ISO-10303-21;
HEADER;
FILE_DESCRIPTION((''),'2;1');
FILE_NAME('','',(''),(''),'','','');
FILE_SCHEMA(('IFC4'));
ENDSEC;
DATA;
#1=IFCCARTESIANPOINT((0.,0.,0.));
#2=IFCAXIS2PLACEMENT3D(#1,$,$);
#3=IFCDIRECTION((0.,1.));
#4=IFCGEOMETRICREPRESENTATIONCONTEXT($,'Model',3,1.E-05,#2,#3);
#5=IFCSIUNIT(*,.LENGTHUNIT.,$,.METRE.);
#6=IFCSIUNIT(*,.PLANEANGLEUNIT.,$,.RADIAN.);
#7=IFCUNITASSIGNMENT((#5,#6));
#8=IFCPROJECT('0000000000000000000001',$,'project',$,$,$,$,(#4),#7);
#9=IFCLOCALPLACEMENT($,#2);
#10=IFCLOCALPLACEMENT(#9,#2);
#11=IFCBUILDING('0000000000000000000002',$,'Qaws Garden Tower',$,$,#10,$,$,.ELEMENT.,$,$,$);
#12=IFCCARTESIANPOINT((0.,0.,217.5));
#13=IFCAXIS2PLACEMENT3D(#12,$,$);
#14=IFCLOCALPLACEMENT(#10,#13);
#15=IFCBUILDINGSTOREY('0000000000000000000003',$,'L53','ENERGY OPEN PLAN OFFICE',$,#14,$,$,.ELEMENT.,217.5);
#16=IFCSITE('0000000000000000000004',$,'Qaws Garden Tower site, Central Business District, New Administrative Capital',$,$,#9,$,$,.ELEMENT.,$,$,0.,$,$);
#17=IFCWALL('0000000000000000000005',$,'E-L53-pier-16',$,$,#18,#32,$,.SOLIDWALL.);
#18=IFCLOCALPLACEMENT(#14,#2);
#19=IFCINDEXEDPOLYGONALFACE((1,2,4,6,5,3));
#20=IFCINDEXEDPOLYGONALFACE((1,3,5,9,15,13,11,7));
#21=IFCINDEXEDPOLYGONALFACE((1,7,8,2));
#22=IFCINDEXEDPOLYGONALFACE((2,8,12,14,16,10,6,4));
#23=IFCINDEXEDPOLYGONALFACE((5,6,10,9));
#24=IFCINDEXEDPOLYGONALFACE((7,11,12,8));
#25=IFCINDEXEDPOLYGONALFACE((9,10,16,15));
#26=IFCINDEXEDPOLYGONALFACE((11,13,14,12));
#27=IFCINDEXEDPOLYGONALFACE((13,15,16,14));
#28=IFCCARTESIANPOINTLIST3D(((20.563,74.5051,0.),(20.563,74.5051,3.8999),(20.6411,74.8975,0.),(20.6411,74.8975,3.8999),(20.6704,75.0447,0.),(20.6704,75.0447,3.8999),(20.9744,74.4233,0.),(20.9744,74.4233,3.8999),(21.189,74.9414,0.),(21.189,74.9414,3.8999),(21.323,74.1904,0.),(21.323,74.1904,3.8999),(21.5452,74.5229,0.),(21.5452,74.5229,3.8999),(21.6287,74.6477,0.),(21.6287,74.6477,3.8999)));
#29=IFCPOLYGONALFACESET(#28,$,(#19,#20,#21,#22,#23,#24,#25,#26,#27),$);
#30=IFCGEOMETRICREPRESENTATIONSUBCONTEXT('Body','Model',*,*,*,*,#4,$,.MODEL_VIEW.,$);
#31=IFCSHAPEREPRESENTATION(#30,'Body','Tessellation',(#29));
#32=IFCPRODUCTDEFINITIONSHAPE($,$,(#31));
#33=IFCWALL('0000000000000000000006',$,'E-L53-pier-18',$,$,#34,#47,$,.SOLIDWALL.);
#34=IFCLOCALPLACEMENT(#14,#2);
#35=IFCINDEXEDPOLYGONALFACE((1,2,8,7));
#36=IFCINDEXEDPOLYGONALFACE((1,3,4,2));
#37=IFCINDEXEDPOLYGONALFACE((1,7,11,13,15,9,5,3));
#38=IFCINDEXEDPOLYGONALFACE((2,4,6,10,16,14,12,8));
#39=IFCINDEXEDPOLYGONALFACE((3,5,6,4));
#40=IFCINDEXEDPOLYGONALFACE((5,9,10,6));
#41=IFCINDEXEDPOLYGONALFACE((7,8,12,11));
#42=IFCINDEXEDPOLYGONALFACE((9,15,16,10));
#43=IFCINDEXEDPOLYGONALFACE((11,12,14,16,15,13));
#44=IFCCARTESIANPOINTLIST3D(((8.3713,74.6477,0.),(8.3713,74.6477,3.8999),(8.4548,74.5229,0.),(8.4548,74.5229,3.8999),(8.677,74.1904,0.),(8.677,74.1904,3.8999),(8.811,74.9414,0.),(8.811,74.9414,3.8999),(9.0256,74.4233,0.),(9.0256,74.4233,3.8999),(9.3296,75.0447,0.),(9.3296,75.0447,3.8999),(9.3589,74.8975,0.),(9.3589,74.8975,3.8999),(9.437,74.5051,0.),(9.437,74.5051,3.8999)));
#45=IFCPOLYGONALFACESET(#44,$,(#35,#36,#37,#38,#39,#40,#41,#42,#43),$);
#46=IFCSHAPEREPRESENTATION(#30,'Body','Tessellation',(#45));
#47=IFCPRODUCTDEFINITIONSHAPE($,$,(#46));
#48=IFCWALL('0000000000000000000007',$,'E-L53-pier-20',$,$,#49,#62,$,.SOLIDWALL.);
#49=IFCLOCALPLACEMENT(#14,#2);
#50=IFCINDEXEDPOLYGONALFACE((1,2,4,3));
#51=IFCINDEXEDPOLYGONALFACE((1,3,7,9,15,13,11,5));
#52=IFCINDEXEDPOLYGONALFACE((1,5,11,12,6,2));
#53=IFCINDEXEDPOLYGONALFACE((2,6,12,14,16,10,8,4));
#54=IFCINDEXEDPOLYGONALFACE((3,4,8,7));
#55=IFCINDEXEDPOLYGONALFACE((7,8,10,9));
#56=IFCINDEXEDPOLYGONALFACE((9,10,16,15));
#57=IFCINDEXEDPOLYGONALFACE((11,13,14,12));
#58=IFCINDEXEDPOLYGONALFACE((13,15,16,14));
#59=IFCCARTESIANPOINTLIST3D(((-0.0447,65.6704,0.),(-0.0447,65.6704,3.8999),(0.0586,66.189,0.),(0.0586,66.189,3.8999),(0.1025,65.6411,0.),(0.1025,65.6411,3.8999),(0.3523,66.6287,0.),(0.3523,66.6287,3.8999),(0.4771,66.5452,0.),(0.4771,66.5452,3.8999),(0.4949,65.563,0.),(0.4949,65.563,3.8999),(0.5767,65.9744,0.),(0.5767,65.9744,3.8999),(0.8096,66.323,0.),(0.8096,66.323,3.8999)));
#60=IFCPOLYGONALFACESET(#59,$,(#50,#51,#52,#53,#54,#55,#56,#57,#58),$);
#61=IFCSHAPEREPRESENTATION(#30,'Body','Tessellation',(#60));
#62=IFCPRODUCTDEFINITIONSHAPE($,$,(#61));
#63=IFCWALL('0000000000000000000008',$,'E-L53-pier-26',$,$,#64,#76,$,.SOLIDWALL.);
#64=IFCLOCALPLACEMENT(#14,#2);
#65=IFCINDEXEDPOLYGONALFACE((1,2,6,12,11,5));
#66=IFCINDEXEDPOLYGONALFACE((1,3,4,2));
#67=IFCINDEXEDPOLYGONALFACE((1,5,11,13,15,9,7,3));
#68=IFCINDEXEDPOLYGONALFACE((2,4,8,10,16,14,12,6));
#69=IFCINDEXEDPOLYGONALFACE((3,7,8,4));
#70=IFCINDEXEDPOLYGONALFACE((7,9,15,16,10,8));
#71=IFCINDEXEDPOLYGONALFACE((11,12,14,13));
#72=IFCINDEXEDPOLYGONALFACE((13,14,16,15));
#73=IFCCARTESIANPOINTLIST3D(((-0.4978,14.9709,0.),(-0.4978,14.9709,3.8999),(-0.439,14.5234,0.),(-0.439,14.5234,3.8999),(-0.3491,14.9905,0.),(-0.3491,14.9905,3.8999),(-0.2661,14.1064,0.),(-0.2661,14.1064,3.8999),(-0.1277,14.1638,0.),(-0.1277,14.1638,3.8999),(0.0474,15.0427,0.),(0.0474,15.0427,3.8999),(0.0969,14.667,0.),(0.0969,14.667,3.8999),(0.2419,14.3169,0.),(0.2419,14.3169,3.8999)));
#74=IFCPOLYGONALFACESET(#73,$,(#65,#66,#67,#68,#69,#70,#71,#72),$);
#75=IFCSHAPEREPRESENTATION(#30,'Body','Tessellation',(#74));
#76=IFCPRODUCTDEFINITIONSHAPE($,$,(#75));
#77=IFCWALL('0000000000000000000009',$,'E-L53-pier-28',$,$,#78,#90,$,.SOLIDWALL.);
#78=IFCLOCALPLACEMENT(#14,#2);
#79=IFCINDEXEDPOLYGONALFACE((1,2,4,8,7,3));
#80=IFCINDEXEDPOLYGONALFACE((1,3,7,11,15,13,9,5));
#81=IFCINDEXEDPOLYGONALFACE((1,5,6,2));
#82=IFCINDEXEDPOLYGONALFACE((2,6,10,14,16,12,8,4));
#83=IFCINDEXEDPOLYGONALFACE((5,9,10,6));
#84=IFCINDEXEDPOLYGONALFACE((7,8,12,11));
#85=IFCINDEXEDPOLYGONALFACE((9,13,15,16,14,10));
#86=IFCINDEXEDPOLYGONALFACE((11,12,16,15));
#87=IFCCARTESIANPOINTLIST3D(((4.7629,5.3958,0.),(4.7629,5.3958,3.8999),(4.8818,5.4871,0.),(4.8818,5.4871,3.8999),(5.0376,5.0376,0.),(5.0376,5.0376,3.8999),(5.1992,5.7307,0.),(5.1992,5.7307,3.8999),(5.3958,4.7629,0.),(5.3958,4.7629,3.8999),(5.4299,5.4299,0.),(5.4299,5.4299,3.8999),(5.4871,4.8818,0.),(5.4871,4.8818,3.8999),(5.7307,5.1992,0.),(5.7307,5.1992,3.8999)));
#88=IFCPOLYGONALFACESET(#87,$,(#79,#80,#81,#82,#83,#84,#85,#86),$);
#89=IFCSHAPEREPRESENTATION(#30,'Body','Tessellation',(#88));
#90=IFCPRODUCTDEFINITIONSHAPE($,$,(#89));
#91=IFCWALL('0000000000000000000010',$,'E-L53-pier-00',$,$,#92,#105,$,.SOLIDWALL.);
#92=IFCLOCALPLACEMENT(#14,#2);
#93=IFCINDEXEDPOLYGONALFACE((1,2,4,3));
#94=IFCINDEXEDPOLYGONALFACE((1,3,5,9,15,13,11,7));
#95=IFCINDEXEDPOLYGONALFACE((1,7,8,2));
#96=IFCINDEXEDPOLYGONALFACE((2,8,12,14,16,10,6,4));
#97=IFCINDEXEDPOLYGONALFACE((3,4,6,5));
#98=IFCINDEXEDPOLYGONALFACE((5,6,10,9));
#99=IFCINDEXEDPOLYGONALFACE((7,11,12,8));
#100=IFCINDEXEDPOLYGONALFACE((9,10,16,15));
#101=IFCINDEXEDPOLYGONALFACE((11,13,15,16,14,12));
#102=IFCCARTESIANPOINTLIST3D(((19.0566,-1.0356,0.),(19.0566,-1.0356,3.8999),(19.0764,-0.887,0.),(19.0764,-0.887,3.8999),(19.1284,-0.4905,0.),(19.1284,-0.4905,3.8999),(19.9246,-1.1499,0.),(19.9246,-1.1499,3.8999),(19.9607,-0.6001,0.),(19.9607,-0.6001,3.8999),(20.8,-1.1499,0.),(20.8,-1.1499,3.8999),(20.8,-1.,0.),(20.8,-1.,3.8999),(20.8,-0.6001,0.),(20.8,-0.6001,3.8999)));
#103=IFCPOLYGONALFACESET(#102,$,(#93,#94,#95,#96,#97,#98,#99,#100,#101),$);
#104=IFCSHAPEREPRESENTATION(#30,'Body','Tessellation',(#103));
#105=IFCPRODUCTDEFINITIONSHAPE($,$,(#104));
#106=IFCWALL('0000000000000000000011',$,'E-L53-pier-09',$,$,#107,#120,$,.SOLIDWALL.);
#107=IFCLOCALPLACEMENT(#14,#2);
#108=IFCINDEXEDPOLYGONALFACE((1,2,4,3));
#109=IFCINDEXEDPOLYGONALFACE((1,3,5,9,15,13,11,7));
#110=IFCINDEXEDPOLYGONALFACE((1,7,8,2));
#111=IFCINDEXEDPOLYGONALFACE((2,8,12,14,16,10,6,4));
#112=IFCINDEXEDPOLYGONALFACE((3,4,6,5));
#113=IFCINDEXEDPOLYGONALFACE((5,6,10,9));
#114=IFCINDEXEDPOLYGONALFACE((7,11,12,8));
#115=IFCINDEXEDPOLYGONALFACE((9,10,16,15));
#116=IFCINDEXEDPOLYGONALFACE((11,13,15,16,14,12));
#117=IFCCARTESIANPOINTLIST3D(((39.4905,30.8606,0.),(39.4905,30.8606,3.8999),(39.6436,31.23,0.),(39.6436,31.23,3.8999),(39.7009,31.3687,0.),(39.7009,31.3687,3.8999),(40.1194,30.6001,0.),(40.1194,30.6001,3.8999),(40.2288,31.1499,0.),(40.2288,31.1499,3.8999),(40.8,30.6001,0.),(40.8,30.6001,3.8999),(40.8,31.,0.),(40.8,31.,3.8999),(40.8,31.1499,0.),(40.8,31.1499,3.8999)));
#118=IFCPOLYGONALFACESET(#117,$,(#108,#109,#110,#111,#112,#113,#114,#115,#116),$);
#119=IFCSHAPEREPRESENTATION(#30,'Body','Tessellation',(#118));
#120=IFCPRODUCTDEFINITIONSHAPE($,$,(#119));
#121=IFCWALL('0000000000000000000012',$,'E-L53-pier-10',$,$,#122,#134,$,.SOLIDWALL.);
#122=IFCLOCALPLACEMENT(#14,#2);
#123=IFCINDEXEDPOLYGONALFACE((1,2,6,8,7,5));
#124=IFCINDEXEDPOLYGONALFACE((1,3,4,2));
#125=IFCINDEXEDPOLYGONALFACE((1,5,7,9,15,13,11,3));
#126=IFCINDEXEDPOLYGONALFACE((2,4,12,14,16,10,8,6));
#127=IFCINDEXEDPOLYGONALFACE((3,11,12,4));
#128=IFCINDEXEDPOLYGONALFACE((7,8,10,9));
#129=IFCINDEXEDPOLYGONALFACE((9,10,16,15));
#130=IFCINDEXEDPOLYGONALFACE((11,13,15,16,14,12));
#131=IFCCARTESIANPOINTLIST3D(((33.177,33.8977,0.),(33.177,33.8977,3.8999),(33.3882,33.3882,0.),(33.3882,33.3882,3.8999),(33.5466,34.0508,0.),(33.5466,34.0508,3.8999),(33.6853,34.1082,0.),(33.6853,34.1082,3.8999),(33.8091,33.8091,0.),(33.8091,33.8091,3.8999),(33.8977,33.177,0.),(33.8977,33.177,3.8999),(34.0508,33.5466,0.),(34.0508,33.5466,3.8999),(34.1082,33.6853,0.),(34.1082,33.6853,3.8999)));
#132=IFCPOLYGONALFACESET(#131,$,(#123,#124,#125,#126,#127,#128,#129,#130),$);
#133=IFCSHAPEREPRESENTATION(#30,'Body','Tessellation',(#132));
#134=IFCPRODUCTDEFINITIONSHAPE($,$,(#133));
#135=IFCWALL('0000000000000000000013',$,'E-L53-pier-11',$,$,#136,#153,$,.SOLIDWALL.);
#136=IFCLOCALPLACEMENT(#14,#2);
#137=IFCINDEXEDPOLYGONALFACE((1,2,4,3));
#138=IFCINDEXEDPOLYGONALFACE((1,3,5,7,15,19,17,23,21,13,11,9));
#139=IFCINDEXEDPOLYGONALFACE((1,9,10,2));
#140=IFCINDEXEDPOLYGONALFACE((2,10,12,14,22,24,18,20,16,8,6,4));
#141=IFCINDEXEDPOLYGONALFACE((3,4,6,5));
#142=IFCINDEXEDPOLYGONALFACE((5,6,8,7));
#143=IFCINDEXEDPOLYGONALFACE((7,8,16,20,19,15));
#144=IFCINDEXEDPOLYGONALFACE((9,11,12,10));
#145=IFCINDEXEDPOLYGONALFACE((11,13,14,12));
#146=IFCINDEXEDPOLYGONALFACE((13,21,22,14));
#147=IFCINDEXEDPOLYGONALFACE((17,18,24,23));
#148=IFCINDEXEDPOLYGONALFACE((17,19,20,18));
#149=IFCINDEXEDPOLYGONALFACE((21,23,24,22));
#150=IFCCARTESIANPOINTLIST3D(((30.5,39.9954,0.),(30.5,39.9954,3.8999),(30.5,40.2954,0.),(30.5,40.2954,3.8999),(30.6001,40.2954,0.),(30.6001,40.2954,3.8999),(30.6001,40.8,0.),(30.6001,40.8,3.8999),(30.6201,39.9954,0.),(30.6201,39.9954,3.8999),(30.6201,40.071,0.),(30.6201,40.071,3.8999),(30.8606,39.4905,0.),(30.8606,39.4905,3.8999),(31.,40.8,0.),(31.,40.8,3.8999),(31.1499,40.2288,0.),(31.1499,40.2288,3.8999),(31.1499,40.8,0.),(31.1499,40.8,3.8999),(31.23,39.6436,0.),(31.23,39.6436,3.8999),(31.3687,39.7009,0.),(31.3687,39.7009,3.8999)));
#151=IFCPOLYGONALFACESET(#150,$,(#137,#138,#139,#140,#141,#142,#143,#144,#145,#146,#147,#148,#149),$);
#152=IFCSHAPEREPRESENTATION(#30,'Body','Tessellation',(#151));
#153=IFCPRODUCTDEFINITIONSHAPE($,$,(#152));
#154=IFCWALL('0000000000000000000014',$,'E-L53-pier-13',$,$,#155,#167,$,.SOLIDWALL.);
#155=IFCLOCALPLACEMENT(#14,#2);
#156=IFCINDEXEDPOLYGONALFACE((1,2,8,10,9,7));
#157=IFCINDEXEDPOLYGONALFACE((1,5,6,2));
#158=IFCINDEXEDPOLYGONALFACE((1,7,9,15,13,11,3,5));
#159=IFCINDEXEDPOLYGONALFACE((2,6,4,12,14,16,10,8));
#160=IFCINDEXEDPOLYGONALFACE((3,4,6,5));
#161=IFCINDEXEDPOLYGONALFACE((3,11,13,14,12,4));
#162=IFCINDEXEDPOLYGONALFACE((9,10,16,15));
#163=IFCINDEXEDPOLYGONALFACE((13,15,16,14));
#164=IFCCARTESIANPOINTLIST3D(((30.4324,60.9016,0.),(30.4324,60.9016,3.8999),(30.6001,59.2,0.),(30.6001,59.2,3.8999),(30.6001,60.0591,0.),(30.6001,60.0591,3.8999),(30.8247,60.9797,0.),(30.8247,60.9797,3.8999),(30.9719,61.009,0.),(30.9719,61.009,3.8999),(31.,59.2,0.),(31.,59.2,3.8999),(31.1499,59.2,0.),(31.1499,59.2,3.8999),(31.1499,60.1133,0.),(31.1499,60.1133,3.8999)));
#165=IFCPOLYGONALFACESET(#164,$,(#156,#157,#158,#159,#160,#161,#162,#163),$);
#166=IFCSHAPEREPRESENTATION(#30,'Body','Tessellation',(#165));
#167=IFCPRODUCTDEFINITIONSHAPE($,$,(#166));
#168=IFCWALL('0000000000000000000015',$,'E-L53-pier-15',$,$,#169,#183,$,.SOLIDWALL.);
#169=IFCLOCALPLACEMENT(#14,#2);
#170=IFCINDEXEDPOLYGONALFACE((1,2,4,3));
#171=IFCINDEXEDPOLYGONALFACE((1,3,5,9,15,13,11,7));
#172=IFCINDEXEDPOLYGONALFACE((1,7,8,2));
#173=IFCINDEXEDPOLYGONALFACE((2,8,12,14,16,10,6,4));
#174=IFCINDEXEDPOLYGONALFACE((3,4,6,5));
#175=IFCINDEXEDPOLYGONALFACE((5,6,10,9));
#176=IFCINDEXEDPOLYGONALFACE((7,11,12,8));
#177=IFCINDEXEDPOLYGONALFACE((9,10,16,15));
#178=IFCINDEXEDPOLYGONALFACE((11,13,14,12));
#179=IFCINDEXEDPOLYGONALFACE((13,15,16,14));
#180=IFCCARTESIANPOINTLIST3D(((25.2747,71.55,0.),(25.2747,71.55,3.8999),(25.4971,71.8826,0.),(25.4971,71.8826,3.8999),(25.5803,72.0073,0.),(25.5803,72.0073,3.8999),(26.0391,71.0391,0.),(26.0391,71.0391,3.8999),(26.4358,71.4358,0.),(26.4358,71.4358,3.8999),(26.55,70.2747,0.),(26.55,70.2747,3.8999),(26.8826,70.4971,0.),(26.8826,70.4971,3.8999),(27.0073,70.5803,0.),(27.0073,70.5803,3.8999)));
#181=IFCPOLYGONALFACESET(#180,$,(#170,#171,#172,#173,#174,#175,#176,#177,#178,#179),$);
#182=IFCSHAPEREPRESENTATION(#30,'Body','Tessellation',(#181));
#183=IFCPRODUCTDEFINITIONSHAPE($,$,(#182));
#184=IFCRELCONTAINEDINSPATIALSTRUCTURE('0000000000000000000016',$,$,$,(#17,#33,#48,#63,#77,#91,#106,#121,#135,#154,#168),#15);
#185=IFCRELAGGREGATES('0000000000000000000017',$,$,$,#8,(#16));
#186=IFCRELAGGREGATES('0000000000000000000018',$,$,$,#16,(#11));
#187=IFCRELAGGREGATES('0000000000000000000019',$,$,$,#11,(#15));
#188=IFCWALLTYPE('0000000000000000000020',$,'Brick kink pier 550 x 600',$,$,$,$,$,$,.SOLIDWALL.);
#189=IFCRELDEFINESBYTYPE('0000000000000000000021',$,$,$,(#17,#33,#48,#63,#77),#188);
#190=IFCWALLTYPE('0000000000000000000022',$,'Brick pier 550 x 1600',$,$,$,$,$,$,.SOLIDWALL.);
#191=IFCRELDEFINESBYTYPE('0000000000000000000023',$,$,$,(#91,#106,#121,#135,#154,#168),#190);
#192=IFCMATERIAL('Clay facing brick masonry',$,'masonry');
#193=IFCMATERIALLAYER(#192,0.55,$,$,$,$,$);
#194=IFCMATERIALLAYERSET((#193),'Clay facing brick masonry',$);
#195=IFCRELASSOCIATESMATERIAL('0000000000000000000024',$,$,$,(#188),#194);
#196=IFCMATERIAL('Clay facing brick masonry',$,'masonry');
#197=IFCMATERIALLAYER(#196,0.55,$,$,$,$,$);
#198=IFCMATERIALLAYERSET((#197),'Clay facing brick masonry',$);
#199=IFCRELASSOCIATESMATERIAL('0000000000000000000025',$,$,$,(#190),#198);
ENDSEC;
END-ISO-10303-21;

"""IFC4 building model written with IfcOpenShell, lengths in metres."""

from ifc_helpers import new_model, si_unit, direction, frame, origin, place, context, subcontext, project, spatial, polyline, outline, extrude, material, layer, layer_set, type_object, element, save


model = new_model("IFC4")

# Units and contexts
model_context = context("Model", 3, precision=1e-05, world=origin(), true_north=direction((0.0, 1.0)))
body_context = subcontext(model_context, "Body", "Model", "MODEL_VIEW")
ifc_project = project(units=[si_unit("LENGTHUNIT", "METRE"), si_unit("PLANEANGLEUNIT", "RADIAN")], contexts=[model_context])

# Site, building, storey
site_placement = place(None, origin())
site = spatial("IfcSite", under=ifc_project, at=site_placement, Name="Qaws Garden Tower site, Central Business District, New Administrative Capital", CompositionType="ELEMENT", RefElevation=0.0)
building_placement = place(site_placement, origin())
building = spatial("IfcBuilding", under=site, at=building_placement, Name="Qaws Garden Tower", CompositionType="ELEMENT")
storey_placement = place(building_placement, frame((0.0, 0.0, 217.5)))
storey = spatial("IfcBuildingStorey", under=building, at=storey_placement, Name="L53", Description="ENERGY OPEN PLAN OFFICE", CompositionType="ELEMENT", Elevation=217.5)

# Walls
placement = place(storey_placement, origin())
ifc_material_1 = material(Name="Clay facing brick masonry", Category="masonry")
ifc_layer_1 = layer(ifc_material_1, 0.55)
ifc_layer_set_1 = layer_set([ifc_layer_1], Name="Clay facing brick masonry")
wall_type_1 = type_object("IfcWallType", Name="Brick kink pier 550 x 600", PredefinedType="SOLIDWALL", material=ifc_layer_set_1)
element("IfcWall", 1, at=placement, inside=storey, type_object=wall_type_1, Name="E-L53-pier-16", PredefinedType="SOLIDWALL", context=body_context, shape_type="SweptSolid", body=[
    extrude(outline(polyline([(21.5452, 74.5229), (21.6287, 74.6477), (21.189, 74.9414), (20.6704, 75.0447), (20.6411, 74.8975), (20.563, 74.5051), (20.9744, 74.4233), (21.323, 74.1904), (21.5452, 74.5229)])), origin(), (0.0, 0.0, 1.0), 3.8999),
])
element("IfcWall", 2, at=placement, inside=storey, type_object=wall_type_1, Name="E-L53-pier-18", PredefinedType="SOLIDWALL", context=body_context, shape_type="SweptSolid", body=[
    extrude(outline(polyline([(9.3589, 74.8975), (9.3296, 75.0447), (8.811, 74.9414), (8.3713, 74.6477), (8.4548, 74.5229), (8.677, 74.1904), (9.0256, 74.4233), (9.437, 74.5051), (9.3589, 74.8975)])), origin(), (0.0, 0.0, 1.0), 3.8999),
])
element("IfcWall", 3, at=placement, inside=storey, type_object=wall_type_1, Name="E-L53-pier-20", PredefinedType="SOLIDWALL", context=body_context, shape_type="SweptSolid", body=[
    extrude(outline(polyline([(0.4771, 66.5452), (0.3523, 66.6287), (0.0586, 66.189), (-0.0447, 65.6704), (0.1025, 65.6411), (0.4949, 65.563), (0.5767, 65.9744), (0.8096, 66.323), (0.4771, 66.5452)])), origin(), (0.0, 0.0, 1.0), 3.8999),
])
element("IfcWall", 4, at=placement, inside=storey, type_object=wall_type_1, Name="E-L53-pier-26", PredefinedType="SOLIDWALL", context=body_context, shape_type="SweptSolid", body=[
    extrude(outline(polyline([(-0.3491, 14.9905), (-0.4978, 14.9709), (-0.439, 14.5234), (-0.2661, 14.1064), (-0.1277, 14.1638), (0.2419, 14.3169), (0.0969, 14.667), (0.0474, 15.0427), (-0.3491, 14.9905)])), origin(), (0.0, 0.0, 1.0), 3.8999),
])
element("IfcWall", 5, at=placement, inside=storey, type_object=wall_type_1, Name="E-L53-pier-28", PredefinedType="SOLIDWALL", context=body_context, shape_type="SweptSolid", body=[
    extrude(outline(polyline([(4.8818, 5.4871), (4.7629, 5.3958), (5.0376, 5.0376), (5.3958, 4.7629), (5.4871, 4.8818), (5.7307, 5.1992), (5.4299, 5.4299), (5.1992, 5.7307), (4.8818, 5.4871)])), origin(), (0.0, 0.0, 1.0), 3.8999),
])
ifc_material_2 = material(Name="Clay facing brick masonry", Category="masonry")
ifc_layer_2 = layer(ifc_material_2, 0.55)
ifc_layer_set_2 = layer_set([ifc_layer_2], Name="Clay facing brick masonry")
wall_type_2 = type_object("IfcWallType", Name="Brick pier 550 x 1600", PredefinedType="SOLIDWALL", material=ifc_layer_set_2)
element("IfcWall", 6, at=placement, inside=storey, type_object=wall_type_2, Name="E-L53-pier-00", PredefinedType="SOLIDWALL", context=body_context, shape_type="SweptSolid", body=[
    extrude(outline(polyline([(19.0764, -0.887), (19.0566, -1.0356), (19.9246, -1.1499), (20.8, -1.1499), (20.8, -1.0), (20.8, -0.6001), (19.9607, -0.6001), (19.1284, -0.4905), (19.0764, -0.887)])), origin(), (0.0, 0.0, 1.0), 3.8999),
])
element("IfcWall", 7, at=placement, inside=storey, type_object=wall_type_2, Name="E-L53-pier-09", PredefinedType="SOLIDWALL", context=body_context, shape_type="SweptSolid", body=[
    extrude(outline(polyline([(40.8, 31.0), (40.8, 31.1499), (40.2288, 31.1499), (39.7009, 31.3687), (39.6436, 31.23), (39.4905, 30.8606), (40.1194, 30.6001), (40.8, 30.6001), (40.8, 31.0)])), origin(), (0.0, 0.0, 1.0), 3.8999),
])
element("IfcWall", 8, at=placement, inside=storey, type_object=wall_type_2, Name="E-L53-pier-10", PredefinedType="SOLIDWALL", context=body_context, shape_type="SweptSolid", body=[
    extrude(outline(polyline([(34.0508, 33.5466), (34.1082, 33.6853), (33.8091, 33.8091), (33.6853, 34.1082), (33.5466, 34.0508), (33.177, 33.8977), (33.3882, 33.3882), (33.8977, 33.177), (34.0508, 33.5466)])), origin(), (0.0, 0.0, 1.0), 3.8999),
])
element("IfcWall", 9, at=placement, inside=storey, type_object=wall_type_2, Name="E-L53-pier-11", PredefinedType="SOLIDWALL", context=body_context, shape_type="SweptSolid", body=[
    extrude(outline(polyline([(30.6201, 39.9954), (30.6201, 40.071), (30.8606, 39.4905), (31.23, 39.6436), (31.3687, 39.7009), (31.1499, 40.2288), (31.1499, 40.8), (31.0, 40.8), (30.6001, 40.8), (30.6001, 40.2954), (30.5, 40.2954), (30.5, 39.9954), (30.6201, 39.9954)])), origin(), (0.0, 0.0, 1.0), 3.8999),
])
element("IfcWall", 10, at=placement, inside=storey, type_object=wall_type_2, Name="E-L53-pier-13", PredefinedType="SOLIDWALL", context=body_context, shape_type="SweptSolid", body=[
    extrude(outline(polyline([(31.0, 59.2), (31.1499, 59.2), (31.1499, 60.1133), (30.9719, 61.009), (30.8247, 60.9797), (30.4324, 60.9016), (30.6001, 60.0591), (30.6001, 59.2), (31.0, 59.2)])), origin(), (0.0, 0.0, 1.0), 3.8999),
])
element("IfcWall", 11, at=placement, inside=storey, type_object=wall_type_2, Name="E-L53-pier-15", PredefinedType="SOLIDWALL", context=body_context, shape_type="SweptSolid", body=[
    extrude(outline(polyline([(26.8826, 70.4971), (27.0073, 70.5803), (26.4358, 71.4358), (25.5803, 72.0073), (25.4971, 71.8826), (25.2747, 71.55), (26.0391, 71.0391), (26.55, 70.2747), (26.8826, 70.4971)])), origin(), (0.0, 0.0, 1.0), 3.8999),
])

save(model, "model.ifc")
